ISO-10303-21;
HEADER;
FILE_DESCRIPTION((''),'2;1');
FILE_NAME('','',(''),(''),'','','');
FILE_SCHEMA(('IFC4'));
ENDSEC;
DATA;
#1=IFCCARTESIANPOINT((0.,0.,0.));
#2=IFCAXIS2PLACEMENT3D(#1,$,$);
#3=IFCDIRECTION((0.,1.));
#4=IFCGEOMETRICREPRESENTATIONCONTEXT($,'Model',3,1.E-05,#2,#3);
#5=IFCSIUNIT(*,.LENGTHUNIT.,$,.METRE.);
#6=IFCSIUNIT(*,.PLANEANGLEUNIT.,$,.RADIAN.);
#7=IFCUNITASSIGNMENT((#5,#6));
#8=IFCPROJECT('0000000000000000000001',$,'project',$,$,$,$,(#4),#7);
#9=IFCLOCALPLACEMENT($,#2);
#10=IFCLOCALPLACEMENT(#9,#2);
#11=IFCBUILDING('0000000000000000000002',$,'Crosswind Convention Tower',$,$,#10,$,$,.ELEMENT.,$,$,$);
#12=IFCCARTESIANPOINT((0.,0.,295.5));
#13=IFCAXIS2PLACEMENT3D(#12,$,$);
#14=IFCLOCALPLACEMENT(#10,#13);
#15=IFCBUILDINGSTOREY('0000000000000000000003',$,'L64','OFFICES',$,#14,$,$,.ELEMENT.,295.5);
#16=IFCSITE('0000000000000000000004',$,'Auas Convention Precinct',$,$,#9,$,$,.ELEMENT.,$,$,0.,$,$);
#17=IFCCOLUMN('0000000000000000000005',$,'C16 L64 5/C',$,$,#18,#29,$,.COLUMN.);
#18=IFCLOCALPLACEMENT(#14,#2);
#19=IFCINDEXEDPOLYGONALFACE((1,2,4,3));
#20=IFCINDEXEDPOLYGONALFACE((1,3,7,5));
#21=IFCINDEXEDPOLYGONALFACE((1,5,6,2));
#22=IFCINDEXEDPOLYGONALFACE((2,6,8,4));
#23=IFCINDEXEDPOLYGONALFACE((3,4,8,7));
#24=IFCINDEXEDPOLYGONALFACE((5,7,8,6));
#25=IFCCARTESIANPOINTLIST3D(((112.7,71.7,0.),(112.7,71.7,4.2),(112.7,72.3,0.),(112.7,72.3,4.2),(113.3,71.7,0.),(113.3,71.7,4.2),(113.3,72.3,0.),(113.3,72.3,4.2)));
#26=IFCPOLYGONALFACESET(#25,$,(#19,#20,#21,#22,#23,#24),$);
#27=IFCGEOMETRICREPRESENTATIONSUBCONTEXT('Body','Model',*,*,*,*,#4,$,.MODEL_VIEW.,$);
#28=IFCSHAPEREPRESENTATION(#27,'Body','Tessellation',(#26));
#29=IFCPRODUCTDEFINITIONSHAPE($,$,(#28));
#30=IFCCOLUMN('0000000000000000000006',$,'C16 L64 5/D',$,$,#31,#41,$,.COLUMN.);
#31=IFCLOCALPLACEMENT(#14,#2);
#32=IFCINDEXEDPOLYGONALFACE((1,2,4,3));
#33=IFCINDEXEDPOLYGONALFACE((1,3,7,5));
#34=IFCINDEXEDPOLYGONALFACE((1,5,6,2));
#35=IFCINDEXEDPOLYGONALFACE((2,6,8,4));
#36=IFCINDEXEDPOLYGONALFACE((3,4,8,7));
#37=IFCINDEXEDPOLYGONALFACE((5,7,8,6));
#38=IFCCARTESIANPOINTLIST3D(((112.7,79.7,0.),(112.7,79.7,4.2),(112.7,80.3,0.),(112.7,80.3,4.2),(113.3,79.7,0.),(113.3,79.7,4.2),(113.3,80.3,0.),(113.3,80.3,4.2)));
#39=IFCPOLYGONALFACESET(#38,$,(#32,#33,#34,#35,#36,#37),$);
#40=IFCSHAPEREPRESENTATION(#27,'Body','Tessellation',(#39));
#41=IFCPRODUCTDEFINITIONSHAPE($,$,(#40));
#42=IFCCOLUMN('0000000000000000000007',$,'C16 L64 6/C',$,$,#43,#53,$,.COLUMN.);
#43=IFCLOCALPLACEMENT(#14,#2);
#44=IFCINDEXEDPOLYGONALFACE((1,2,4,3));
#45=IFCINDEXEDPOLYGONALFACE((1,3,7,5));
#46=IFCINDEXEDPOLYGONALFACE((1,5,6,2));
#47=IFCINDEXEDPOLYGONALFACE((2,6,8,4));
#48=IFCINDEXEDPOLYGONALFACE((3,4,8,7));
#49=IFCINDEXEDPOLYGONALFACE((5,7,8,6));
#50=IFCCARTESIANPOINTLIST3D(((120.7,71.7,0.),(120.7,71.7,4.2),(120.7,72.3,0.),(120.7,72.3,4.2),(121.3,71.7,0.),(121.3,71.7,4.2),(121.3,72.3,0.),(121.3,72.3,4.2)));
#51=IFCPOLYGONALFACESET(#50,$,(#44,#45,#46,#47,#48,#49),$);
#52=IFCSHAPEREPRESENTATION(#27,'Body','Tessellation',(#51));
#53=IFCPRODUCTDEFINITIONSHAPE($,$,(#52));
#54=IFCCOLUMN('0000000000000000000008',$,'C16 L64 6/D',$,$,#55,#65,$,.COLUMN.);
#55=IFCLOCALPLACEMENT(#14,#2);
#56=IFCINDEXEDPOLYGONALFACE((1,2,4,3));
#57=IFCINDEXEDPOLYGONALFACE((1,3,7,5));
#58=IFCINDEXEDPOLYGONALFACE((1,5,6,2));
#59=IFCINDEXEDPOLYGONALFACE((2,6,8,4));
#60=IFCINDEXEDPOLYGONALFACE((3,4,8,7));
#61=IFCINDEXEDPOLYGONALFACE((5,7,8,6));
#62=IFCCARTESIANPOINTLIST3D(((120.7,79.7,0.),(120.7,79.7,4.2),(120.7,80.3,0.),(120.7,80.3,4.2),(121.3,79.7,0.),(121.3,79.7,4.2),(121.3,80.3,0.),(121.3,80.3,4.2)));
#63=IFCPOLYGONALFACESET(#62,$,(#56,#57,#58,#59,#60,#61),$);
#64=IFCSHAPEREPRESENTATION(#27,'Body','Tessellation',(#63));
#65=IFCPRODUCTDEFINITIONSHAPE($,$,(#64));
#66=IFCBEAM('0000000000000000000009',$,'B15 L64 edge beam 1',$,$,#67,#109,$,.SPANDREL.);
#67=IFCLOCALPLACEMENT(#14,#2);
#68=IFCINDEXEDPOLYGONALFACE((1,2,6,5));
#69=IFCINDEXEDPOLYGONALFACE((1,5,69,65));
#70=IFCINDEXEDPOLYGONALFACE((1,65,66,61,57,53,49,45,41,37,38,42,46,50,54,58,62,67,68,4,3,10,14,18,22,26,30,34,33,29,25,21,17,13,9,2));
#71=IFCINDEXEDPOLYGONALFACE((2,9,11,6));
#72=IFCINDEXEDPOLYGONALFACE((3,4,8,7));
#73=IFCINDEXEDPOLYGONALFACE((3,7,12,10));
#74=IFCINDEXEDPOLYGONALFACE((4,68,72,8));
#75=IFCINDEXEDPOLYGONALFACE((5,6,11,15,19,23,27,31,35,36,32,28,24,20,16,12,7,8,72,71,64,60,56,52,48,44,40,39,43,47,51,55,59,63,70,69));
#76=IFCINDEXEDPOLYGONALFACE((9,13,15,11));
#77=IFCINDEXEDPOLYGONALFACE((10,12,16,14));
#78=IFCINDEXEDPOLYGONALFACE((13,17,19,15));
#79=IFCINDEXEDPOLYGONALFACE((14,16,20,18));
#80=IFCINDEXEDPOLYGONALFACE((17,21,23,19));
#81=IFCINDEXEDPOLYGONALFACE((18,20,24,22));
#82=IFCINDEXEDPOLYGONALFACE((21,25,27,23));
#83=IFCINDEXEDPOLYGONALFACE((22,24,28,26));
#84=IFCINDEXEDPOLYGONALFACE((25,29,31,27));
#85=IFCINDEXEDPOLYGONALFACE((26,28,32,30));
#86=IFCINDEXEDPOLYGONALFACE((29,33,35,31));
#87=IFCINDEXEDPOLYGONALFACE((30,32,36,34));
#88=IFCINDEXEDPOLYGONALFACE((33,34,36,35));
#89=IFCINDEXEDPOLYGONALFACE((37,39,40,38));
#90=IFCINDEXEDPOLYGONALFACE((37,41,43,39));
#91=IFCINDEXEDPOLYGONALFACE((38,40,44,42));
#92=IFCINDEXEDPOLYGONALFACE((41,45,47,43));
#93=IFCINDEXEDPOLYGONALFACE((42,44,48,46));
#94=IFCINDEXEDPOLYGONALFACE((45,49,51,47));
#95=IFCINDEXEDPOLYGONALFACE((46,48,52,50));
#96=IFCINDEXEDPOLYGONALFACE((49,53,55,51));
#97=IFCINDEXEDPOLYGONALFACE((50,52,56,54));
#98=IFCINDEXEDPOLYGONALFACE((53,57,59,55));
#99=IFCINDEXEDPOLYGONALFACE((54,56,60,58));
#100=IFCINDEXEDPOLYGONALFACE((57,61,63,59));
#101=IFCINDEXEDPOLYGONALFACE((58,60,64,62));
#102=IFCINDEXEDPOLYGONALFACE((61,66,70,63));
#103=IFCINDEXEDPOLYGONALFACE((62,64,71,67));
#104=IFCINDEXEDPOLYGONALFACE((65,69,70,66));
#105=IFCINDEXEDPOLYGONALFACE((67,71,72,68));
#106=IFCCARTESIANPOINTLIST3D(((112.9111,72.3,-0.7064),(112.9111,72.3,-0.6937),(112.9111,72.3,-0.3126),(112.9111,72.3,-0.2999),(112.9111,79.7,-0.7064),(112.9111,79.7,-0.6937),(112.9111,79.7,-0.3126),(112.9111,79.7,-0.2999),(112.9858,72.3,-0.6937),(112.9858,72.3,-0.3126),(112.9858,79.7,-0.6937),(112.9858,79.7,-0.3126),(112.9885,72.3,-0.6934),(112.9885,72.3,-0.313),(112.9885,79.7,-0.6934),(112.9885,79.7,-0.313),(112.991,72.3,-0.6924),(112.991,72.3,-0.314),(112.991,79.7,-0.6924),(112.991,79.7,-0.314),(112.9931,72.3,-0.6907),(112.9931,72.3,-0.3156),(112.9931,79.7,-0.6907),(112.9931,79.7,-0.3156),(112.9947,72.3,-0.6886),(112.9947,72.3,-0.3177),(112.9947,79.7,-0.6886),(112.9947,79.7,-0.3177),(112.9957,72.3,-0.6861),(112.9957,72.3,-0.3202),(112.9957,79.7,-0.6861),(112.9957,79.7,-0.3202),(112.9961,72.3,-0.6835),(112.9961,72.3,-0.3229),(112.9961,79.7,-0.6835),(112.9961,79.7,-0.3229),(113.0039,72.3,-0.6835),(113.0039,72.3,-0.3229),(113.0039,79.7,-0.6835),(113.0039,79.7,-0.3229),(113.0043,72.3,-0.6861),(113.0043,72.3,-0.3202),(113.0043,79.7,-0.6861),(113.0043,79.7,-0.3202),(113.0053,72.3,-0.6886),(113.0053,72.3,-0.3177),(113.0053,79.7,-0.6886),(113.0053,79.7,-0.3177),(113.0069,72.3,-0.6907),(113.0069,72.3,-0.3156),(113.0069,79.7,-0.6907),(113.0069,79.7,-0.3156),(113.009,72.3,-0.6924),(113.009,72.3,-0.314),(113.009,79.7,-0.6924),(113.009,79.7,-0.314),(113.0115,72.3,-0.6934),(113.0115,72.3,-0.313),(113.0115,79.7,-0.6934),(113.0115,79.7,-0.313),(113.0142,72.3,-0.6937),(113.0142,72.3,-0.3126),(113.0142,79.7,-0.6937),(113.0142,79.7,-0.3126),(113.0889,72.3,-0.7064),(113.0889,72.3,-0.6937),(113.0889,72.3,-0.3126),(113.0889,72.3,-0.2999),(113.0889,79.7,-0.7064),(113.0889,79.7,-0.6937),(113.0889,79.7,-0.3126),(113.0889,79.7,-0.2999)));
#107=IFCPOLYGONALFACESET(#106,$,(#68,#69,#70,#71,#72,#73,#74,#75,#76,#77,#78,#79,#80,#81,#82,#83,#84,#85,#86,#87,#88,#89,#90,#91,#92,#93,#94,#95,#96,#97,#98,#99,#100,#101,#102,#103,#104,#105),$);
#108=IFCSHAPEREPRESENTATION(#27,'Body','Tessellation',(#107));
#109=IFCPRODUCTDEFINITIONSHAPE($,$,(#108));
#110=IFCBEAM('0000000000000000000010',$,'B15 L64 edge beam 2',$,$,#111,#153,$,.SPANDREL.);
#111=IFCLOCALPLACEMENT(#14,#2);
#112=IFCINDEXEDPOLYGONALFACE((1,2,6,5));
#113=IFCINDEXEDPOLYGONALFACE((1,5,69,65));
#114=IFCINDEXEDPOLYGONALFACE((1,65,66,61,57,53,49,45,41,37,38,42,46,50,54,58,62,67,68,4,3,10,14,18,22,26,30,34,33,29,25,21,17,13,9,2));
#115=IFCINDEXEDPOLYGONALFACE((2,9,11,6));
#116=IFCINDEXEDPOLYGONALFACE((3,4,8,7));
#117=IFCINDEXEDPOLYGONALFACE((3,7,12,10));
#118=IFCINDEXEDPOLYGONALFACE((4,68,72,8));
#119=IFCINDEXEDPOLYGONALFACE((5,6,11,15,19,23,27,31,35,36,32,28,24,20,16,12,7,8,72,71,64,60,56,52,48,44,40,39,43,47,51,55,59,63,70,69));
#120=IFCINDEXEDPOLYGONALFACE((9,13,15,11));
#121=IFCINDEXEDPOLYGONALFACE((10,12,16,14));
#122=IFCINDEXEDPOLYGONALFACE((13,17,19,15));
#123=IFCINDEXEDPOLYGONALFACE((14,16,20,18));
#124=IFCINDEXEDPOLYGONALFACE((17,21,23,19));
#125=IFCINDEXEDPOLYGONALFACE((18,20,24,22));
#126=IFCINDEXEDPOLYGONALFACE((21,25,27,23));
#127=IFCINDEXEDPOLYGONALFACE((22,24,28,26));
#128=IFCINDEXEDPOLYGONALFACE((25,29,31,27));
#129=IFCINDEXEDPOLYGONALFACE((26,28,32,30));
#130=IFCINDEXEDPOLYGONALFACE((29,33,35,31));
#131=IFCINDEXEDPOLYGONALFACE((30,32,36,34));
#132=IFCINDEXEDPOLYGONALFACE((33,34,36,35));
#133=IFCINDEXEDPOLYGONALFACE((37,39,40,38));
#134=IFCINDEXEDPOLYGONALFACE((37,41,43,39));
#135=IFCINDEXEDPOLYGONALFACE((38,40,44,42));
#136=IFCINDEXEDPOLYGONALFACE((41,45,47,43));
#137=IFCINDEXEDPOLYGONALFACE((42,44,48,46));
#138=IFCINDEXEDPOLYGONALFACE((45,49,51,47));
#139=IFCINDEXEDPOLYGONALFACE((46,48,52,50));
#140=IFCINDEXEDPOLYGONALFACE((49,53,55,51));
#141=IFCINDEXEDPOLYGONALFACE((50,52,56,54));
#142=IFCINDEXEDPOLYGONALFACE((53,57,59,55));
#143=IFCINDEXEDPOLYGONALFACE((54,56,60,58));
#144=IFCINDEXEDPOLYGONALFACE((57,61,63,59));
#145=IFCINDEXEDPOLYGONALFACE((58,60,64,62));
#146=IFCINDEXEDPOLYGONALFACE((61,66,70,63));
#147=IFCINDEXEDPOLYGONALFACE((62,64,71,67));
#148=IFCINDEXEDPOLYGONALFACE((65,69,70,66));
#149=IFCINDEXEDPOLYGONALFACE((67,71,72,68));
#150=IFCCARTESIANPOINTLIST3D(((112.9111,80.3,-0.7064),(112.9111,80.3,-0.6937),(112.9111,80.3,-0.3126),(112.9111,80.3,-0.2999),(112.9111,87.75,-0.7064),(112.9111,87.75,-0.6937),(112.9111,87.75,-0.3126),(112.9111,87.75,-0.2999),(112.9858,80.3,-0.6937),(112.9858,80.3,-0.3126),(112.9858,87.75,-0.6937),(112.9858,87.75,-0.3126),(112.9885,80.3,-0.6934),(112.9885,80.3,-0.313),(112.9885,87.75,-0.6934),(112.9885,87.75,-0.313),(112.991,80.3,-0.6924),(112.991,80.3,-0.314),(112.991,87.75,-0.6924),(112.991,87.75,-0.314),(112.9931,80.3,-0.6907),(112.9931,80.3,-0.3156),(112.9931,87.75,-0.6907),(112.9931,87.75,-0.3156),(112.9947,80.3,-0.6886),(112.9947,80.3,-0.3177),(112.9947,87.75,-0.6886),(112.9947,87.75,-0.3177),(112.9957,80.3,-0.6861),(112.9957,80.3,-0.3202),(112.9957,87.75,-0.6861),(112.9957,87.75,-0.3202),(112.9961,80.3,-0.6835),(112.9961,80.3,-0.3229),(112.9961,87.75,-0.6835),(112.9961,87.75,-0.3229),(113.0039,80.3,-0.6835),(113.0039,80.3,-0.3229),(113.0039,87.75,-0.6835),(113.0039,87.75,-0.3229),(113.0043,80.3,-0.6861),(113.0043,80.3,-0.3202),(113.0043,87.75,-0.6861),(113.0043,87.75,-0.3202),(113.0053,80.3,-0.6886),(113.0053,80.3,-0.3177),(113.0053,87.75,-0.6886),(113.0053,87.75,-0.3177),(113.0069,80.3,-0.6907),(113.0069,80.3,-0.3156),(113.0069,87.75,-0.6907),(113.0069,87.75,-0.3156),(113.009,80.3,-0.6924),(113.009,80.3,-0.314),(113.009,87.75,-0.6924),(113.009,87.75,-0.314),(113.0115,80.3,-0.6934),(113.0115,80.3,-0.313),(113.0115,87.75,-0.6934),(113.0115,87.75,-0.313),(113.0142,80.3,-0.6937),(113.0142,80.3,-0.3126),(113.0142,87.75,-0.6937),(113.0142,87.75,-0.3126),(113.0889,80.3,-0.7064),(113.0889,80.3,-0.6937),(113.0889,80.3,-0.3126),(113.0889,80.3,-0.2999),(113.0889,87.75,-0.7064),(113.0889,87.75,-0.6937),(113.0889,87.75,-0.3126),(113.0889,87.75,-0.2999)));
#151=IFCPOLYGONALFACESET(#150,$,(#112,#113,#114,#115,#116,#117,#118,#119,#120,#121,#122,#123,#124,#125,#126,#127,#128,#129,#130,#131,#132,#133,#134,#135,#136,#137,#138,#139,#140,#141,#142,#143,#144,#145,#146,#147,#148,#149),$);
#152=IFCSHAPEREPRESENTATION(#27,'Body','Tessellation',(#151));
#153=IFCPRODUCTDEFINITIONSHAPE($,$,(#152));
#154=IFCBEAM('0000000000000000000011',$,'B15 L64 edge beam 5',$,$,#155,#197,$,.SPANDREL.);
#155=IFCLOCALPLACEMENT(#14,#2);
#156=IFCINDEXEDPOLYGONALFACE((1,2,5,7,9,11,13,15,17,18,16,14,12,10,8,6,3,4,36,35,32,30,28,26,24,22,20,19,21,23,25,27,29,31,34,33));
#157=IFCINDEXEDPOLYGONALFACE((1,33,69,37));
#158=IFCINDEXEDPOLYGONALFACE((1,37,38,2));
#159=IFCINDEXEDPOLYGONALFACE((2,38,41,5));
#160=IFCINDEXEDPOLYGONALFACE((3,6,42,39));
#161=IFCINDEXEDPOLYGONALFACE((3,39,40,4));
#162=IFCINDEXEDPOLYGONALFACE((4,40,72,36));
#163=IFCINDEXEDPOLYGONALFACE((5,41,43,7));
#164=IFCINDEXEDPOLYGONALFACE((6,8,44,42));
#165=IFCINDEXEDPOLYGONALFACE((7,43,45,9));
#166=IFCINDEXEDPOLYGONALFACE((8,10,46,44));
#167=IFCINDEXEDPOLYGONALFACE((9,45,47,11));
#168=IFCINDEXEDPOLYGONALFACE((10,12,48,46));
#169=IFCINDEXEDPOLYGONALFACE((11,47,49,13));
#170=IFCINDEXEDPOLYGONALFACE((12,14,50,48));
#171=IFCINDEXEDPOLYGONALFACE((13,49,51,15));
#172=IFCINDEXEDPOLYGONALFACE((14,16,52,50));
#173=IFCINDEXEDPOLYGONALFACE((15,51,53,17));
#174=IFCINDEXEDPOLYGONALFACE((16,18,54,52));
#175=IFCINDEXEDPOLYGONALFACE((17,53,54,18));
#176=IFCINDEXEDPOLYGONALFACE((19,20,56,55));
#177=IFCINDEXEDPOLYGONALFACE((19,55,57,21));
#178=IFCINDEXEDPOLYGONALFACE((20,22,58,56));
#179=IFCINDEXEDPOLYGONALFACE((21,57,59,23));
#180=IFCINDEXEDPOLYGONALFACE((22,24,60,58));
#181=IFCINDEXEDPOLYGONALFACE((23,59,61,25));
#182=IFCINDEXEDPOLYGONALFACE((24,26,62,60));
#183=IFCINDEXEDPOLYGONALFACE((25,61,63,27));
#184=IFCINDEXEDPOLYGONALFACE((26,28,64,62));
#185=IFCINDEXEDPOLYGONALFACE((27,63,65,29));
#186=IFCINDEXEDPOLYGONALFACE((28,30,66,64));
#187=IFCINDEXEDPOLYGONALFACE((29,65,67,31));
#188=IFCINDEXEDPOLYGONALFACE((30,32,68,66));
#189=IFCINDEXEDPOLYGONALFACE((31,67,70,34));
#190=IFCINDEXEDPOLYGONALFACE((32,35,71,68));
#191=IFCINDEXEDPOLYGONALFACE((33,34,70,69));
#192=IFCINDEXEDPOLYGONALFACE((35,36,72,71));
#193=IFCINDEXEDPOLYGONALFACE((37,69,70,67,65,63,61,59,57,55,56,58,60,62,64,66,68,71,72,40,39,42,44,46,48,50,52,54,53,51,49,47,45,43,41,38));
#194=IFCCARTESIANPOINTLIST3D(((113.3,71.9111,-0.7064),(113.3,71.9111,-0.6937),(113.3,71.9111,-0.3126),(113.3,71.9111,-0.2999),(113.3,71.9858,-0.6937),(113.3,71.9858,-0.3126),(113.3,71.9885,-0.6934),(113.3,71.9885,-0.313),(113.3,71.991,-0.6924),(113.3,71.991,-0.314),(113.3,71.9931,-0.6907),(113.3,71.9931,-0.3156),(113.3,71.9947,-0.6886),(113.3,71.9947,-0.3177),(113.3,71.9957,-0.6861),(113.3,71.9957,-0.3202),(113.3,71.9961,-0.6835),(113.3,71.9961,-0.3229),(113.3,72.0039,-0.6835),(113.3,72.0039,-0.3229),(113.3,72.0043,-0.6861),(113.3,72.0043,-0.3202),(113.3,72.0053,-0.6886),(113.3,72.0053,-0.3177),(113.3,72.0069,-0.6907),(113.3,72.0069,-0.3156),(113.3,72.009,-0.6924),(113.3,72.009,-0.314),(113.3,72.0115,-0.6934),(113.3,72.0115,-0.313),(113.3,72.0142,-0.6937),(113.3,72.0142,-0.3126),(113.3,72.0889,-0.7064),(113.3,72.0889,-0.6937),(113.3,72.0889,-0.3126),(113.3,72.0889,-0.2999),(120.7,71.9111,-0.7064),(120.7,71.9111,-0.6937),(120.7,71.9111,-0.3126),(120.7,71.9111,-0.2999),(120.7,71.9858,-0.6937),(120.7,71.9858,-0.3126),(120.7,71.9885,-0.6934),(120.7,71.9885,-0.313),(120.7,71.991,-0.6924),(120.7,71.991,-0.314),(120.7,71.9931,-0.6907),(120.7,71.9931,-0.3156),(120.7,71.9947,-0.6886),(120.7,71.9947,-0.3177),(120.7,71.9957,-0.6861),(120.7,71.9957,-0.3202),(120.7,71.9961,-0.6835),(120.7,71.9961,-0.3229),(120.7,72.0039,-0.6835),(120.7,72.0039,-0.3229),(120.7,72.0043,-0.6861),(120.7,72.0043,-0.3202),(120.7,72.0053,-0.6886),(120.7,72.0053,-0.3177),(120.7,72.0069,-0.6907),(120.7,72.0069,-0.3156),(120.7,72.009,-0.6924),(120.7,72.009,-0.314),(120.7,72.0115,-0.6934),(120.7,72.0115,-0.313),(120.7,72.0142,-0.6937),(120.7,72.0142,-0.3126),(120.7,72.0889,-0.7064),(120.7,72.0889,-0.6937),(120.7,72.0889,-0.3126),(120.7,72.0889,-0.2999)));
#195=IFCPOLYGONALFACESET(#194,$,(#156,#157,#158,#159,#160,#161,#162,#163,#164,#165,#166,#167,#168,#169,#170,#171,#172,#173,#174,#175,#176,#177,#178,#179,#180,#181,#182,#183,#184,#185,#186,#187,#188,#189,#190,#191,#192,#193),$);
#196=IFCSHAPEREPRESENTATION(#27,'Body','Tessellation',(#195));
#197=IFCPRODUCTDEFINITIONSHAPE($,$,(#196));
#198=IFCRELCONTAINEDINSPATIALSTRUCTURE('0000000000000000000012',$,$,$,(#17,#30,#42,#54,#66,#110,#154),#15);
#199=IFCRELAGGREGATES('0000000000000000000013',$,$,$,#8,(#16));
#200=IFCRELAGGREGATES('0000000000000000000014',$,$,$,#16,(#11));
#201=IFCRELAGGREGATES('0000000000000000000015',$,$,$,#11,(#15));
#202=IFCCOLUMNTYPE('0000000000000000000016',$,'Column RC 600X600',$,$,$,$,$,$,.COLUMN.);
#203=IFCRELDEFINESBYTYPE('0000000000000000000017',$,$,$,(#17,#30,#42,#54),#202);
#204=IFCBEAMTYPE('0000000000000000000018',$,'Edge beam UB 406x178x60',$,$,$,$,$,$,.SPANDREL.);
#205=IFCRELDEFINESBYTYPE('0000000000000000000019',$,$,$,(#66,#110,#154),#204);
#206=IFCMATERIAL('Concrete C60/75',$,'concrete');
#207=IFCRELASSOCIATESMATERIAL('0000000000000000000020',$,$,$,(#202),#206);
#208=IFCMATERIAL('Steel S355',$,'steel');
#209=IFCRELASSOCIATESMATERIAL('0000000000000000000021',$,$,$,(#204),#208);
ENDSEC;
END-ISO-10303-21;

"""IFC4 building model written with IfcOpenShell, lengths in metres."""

from ifc_helpers import new_model, si_unit, direction, frame, origin, origin_2d, place, context, subcontext, project, spatial, rectangle, i_section, extrude, material, material_profile, profile_set, type_object, element, save


model = new_model("IFC4")

# Units and contexts
model_context = context("Model", 3, precision=1e-05, world=origin(), true_north=direction((0.0, 1.0)))
body_context = subcontext(model_context, "Body", "Model", "MODEL_VIEW")
ifc_project = project(units=[si_unit("LENGTHUNIT", "METRE"), si_unit("PLANEANGLEUNIT", "RADIAN")], contexts=[model_context])

# Site, building, storey
site_placement = place(None, origin())
site = spatial("IfcSite", under=ifc_project, at=site_placement, Name="Auas Convention Precinct", CompositionType="ELEMENT", RefElevation=0.0)
building_placement = place(site_placement, origin())
building = spatial("IfcBuilding", under=site, at=building_placement, Name="Crosswind Convention Tower", CompositionType="ELEMENT")
storey_placement = place(building_placement, frame((0.0, 0.0, 295.5)))
storey = spatial("IfcBuildingStorey", under=building, at=storey_placement, Name="L64", Description="OFFICES", CompositionType="ELEMENT", Elevation=295.5)

# Columns
ifc_material_1 = material(Name="Concrete C60/75", Category="concrete")
ifc_material_profile_1 = material_profile(ifc_material_1, rectangle(XDim=0.6001, YDim=0.6001, at=origin_2d()), Name="RC 600X600")
ifc_profile_set_1 = profile_set([ifc_material_profile_1], Name="Concrete C60/75")
column_type = type_object("IfcColumnType", Name="Column RC 600X600", PredefinedType="COLUMN", material=ifc_profile_set_1)
for number, where, z_axis, x_axis, name in (
    (1, (113.0, 72.0, 0.0), (0.0, 0.0, 1.0), (1.0, 0.0, 0.0), "C16 L64 5/C"),
    (2, (113.0, 80.0, 0.0), (0.0, 0.0, 1.0), (1.0, 0.0, 0.0), "C16 L64 5/D"),
    (3, (121.0, 72.0, 0.0), (0.0, 0.0, 1.0), (1.0, 0.0, 0.0), "C16 L64 6/C"),
    (4, (121.0, 80.0, 0.0), (0.0, 0.0, 1.0), (1.0, 0.0, 0.0), "C16 L64 6/D"),
):
    element("IfcColumn", number, at=place(storey_placement, frame(where, z_axis=z_axis, x_axis=x_axis)), inside=storey, type_object=column_type, Name=name, PredefinedType="COLUMN", context=body_context, shape_type="SweptSolid", body=[
        extrude(rectangle(XDim=0.6001, YDim=0.6001, at=origin_2d()), origin(), (0.0, 0.0, 1.0), 4.2),
    ])

# Beams
ifc_material_2 = material(Name="Steel S355", Category="steel")
ifc_material_profile_2 = material_profile(ifc_material_2, i_section(OverallWidth=0.1777, OverallDepth=0.4065, WebThickness=0.0078, FlangeThickness=0.0127, FilletRadius=0.0103, at=origin_2d()), Name="UB 406x178x60")
ifc_profile_set_2 = profile_set([ifc_material_profile_2], Name="Steel S355")
beam_type_1 = type_object("IfcBeamType", Name="Edge beam UB 406x178x60", PredefinedType="SPANDREL", material=ifc_profile_set_2)
beam_1_placement = place(storey_placement, frame((113.0, 72.3, -0.5032), z_axis=(0.0, 1.0, 0.0), x_axis=(-1.0, 0.0, 0.0)))
element("IfcBeam", 5, at=beam_1_placement, inside=storey, type_object=beam_type_1, Name="B15 L64 edge beam 1", PredefinedType="SPANDREL", context=body_context, shape_type="SweptSolid", body=[
    extrude(i_section(OverallWidth=0.1777, OverallDepth=0.4065, WebThickness=0.0078, FlangeThickness=0.0127, FilletRadius=0.0103, at=origin_2d()), origin(), (0.0, 0.0, 1.0), 7.3999),
])
beam_2_placement = place(storey_placement, frame((113.0, 80.3, -0.5032), z_axis=(0.0, 1.0, 0.0), x_axis=(-1.0, 0.0, 0.0)))
element("IfcBeam", 6, at=beam_2_placement, inside=storey, type_object=beam_type_1, Name="B15 L64 edge beam 2", PredefinedType="SPANDREL", context=body_context, shape_type="SweptSolid", body=[
    extrude(i_section(OverallWidth=0.1777, OverallDepth=0.4065, WebThickness=0.0078, FlangeThickness=0.0127, FilletRadius=0.0103, at=origin_2d()), origin(), (0.0, 0.0, 1.0), 7.45),
])
beam_3_placement = place(storey_placement, frame((113.3, 72.0, -0.5032), z_axis=(1.0, 0.0, 0.0), x_axis=(0.0, 1.0, 0.0)))
element("IfcBeam", 7, at=beam_3_placement, inside=storey, type_object=beam_type_1, Name="B15 L64 edge beam 5", PredefinedType="SPANDREL", context=body_context, shape_type="SweptSolid", body=[
    extrude(i_section(OverallWidth=0.1777, OverallDepth=0.4065, WebThickness=0.0078, FlangeThickness=0.0127, FilletRadius=0.0103, at=origin_2d()), origin(), (0.0, 0.0, 1.0), 7.3999),
])

save(model, "model.ifc")
